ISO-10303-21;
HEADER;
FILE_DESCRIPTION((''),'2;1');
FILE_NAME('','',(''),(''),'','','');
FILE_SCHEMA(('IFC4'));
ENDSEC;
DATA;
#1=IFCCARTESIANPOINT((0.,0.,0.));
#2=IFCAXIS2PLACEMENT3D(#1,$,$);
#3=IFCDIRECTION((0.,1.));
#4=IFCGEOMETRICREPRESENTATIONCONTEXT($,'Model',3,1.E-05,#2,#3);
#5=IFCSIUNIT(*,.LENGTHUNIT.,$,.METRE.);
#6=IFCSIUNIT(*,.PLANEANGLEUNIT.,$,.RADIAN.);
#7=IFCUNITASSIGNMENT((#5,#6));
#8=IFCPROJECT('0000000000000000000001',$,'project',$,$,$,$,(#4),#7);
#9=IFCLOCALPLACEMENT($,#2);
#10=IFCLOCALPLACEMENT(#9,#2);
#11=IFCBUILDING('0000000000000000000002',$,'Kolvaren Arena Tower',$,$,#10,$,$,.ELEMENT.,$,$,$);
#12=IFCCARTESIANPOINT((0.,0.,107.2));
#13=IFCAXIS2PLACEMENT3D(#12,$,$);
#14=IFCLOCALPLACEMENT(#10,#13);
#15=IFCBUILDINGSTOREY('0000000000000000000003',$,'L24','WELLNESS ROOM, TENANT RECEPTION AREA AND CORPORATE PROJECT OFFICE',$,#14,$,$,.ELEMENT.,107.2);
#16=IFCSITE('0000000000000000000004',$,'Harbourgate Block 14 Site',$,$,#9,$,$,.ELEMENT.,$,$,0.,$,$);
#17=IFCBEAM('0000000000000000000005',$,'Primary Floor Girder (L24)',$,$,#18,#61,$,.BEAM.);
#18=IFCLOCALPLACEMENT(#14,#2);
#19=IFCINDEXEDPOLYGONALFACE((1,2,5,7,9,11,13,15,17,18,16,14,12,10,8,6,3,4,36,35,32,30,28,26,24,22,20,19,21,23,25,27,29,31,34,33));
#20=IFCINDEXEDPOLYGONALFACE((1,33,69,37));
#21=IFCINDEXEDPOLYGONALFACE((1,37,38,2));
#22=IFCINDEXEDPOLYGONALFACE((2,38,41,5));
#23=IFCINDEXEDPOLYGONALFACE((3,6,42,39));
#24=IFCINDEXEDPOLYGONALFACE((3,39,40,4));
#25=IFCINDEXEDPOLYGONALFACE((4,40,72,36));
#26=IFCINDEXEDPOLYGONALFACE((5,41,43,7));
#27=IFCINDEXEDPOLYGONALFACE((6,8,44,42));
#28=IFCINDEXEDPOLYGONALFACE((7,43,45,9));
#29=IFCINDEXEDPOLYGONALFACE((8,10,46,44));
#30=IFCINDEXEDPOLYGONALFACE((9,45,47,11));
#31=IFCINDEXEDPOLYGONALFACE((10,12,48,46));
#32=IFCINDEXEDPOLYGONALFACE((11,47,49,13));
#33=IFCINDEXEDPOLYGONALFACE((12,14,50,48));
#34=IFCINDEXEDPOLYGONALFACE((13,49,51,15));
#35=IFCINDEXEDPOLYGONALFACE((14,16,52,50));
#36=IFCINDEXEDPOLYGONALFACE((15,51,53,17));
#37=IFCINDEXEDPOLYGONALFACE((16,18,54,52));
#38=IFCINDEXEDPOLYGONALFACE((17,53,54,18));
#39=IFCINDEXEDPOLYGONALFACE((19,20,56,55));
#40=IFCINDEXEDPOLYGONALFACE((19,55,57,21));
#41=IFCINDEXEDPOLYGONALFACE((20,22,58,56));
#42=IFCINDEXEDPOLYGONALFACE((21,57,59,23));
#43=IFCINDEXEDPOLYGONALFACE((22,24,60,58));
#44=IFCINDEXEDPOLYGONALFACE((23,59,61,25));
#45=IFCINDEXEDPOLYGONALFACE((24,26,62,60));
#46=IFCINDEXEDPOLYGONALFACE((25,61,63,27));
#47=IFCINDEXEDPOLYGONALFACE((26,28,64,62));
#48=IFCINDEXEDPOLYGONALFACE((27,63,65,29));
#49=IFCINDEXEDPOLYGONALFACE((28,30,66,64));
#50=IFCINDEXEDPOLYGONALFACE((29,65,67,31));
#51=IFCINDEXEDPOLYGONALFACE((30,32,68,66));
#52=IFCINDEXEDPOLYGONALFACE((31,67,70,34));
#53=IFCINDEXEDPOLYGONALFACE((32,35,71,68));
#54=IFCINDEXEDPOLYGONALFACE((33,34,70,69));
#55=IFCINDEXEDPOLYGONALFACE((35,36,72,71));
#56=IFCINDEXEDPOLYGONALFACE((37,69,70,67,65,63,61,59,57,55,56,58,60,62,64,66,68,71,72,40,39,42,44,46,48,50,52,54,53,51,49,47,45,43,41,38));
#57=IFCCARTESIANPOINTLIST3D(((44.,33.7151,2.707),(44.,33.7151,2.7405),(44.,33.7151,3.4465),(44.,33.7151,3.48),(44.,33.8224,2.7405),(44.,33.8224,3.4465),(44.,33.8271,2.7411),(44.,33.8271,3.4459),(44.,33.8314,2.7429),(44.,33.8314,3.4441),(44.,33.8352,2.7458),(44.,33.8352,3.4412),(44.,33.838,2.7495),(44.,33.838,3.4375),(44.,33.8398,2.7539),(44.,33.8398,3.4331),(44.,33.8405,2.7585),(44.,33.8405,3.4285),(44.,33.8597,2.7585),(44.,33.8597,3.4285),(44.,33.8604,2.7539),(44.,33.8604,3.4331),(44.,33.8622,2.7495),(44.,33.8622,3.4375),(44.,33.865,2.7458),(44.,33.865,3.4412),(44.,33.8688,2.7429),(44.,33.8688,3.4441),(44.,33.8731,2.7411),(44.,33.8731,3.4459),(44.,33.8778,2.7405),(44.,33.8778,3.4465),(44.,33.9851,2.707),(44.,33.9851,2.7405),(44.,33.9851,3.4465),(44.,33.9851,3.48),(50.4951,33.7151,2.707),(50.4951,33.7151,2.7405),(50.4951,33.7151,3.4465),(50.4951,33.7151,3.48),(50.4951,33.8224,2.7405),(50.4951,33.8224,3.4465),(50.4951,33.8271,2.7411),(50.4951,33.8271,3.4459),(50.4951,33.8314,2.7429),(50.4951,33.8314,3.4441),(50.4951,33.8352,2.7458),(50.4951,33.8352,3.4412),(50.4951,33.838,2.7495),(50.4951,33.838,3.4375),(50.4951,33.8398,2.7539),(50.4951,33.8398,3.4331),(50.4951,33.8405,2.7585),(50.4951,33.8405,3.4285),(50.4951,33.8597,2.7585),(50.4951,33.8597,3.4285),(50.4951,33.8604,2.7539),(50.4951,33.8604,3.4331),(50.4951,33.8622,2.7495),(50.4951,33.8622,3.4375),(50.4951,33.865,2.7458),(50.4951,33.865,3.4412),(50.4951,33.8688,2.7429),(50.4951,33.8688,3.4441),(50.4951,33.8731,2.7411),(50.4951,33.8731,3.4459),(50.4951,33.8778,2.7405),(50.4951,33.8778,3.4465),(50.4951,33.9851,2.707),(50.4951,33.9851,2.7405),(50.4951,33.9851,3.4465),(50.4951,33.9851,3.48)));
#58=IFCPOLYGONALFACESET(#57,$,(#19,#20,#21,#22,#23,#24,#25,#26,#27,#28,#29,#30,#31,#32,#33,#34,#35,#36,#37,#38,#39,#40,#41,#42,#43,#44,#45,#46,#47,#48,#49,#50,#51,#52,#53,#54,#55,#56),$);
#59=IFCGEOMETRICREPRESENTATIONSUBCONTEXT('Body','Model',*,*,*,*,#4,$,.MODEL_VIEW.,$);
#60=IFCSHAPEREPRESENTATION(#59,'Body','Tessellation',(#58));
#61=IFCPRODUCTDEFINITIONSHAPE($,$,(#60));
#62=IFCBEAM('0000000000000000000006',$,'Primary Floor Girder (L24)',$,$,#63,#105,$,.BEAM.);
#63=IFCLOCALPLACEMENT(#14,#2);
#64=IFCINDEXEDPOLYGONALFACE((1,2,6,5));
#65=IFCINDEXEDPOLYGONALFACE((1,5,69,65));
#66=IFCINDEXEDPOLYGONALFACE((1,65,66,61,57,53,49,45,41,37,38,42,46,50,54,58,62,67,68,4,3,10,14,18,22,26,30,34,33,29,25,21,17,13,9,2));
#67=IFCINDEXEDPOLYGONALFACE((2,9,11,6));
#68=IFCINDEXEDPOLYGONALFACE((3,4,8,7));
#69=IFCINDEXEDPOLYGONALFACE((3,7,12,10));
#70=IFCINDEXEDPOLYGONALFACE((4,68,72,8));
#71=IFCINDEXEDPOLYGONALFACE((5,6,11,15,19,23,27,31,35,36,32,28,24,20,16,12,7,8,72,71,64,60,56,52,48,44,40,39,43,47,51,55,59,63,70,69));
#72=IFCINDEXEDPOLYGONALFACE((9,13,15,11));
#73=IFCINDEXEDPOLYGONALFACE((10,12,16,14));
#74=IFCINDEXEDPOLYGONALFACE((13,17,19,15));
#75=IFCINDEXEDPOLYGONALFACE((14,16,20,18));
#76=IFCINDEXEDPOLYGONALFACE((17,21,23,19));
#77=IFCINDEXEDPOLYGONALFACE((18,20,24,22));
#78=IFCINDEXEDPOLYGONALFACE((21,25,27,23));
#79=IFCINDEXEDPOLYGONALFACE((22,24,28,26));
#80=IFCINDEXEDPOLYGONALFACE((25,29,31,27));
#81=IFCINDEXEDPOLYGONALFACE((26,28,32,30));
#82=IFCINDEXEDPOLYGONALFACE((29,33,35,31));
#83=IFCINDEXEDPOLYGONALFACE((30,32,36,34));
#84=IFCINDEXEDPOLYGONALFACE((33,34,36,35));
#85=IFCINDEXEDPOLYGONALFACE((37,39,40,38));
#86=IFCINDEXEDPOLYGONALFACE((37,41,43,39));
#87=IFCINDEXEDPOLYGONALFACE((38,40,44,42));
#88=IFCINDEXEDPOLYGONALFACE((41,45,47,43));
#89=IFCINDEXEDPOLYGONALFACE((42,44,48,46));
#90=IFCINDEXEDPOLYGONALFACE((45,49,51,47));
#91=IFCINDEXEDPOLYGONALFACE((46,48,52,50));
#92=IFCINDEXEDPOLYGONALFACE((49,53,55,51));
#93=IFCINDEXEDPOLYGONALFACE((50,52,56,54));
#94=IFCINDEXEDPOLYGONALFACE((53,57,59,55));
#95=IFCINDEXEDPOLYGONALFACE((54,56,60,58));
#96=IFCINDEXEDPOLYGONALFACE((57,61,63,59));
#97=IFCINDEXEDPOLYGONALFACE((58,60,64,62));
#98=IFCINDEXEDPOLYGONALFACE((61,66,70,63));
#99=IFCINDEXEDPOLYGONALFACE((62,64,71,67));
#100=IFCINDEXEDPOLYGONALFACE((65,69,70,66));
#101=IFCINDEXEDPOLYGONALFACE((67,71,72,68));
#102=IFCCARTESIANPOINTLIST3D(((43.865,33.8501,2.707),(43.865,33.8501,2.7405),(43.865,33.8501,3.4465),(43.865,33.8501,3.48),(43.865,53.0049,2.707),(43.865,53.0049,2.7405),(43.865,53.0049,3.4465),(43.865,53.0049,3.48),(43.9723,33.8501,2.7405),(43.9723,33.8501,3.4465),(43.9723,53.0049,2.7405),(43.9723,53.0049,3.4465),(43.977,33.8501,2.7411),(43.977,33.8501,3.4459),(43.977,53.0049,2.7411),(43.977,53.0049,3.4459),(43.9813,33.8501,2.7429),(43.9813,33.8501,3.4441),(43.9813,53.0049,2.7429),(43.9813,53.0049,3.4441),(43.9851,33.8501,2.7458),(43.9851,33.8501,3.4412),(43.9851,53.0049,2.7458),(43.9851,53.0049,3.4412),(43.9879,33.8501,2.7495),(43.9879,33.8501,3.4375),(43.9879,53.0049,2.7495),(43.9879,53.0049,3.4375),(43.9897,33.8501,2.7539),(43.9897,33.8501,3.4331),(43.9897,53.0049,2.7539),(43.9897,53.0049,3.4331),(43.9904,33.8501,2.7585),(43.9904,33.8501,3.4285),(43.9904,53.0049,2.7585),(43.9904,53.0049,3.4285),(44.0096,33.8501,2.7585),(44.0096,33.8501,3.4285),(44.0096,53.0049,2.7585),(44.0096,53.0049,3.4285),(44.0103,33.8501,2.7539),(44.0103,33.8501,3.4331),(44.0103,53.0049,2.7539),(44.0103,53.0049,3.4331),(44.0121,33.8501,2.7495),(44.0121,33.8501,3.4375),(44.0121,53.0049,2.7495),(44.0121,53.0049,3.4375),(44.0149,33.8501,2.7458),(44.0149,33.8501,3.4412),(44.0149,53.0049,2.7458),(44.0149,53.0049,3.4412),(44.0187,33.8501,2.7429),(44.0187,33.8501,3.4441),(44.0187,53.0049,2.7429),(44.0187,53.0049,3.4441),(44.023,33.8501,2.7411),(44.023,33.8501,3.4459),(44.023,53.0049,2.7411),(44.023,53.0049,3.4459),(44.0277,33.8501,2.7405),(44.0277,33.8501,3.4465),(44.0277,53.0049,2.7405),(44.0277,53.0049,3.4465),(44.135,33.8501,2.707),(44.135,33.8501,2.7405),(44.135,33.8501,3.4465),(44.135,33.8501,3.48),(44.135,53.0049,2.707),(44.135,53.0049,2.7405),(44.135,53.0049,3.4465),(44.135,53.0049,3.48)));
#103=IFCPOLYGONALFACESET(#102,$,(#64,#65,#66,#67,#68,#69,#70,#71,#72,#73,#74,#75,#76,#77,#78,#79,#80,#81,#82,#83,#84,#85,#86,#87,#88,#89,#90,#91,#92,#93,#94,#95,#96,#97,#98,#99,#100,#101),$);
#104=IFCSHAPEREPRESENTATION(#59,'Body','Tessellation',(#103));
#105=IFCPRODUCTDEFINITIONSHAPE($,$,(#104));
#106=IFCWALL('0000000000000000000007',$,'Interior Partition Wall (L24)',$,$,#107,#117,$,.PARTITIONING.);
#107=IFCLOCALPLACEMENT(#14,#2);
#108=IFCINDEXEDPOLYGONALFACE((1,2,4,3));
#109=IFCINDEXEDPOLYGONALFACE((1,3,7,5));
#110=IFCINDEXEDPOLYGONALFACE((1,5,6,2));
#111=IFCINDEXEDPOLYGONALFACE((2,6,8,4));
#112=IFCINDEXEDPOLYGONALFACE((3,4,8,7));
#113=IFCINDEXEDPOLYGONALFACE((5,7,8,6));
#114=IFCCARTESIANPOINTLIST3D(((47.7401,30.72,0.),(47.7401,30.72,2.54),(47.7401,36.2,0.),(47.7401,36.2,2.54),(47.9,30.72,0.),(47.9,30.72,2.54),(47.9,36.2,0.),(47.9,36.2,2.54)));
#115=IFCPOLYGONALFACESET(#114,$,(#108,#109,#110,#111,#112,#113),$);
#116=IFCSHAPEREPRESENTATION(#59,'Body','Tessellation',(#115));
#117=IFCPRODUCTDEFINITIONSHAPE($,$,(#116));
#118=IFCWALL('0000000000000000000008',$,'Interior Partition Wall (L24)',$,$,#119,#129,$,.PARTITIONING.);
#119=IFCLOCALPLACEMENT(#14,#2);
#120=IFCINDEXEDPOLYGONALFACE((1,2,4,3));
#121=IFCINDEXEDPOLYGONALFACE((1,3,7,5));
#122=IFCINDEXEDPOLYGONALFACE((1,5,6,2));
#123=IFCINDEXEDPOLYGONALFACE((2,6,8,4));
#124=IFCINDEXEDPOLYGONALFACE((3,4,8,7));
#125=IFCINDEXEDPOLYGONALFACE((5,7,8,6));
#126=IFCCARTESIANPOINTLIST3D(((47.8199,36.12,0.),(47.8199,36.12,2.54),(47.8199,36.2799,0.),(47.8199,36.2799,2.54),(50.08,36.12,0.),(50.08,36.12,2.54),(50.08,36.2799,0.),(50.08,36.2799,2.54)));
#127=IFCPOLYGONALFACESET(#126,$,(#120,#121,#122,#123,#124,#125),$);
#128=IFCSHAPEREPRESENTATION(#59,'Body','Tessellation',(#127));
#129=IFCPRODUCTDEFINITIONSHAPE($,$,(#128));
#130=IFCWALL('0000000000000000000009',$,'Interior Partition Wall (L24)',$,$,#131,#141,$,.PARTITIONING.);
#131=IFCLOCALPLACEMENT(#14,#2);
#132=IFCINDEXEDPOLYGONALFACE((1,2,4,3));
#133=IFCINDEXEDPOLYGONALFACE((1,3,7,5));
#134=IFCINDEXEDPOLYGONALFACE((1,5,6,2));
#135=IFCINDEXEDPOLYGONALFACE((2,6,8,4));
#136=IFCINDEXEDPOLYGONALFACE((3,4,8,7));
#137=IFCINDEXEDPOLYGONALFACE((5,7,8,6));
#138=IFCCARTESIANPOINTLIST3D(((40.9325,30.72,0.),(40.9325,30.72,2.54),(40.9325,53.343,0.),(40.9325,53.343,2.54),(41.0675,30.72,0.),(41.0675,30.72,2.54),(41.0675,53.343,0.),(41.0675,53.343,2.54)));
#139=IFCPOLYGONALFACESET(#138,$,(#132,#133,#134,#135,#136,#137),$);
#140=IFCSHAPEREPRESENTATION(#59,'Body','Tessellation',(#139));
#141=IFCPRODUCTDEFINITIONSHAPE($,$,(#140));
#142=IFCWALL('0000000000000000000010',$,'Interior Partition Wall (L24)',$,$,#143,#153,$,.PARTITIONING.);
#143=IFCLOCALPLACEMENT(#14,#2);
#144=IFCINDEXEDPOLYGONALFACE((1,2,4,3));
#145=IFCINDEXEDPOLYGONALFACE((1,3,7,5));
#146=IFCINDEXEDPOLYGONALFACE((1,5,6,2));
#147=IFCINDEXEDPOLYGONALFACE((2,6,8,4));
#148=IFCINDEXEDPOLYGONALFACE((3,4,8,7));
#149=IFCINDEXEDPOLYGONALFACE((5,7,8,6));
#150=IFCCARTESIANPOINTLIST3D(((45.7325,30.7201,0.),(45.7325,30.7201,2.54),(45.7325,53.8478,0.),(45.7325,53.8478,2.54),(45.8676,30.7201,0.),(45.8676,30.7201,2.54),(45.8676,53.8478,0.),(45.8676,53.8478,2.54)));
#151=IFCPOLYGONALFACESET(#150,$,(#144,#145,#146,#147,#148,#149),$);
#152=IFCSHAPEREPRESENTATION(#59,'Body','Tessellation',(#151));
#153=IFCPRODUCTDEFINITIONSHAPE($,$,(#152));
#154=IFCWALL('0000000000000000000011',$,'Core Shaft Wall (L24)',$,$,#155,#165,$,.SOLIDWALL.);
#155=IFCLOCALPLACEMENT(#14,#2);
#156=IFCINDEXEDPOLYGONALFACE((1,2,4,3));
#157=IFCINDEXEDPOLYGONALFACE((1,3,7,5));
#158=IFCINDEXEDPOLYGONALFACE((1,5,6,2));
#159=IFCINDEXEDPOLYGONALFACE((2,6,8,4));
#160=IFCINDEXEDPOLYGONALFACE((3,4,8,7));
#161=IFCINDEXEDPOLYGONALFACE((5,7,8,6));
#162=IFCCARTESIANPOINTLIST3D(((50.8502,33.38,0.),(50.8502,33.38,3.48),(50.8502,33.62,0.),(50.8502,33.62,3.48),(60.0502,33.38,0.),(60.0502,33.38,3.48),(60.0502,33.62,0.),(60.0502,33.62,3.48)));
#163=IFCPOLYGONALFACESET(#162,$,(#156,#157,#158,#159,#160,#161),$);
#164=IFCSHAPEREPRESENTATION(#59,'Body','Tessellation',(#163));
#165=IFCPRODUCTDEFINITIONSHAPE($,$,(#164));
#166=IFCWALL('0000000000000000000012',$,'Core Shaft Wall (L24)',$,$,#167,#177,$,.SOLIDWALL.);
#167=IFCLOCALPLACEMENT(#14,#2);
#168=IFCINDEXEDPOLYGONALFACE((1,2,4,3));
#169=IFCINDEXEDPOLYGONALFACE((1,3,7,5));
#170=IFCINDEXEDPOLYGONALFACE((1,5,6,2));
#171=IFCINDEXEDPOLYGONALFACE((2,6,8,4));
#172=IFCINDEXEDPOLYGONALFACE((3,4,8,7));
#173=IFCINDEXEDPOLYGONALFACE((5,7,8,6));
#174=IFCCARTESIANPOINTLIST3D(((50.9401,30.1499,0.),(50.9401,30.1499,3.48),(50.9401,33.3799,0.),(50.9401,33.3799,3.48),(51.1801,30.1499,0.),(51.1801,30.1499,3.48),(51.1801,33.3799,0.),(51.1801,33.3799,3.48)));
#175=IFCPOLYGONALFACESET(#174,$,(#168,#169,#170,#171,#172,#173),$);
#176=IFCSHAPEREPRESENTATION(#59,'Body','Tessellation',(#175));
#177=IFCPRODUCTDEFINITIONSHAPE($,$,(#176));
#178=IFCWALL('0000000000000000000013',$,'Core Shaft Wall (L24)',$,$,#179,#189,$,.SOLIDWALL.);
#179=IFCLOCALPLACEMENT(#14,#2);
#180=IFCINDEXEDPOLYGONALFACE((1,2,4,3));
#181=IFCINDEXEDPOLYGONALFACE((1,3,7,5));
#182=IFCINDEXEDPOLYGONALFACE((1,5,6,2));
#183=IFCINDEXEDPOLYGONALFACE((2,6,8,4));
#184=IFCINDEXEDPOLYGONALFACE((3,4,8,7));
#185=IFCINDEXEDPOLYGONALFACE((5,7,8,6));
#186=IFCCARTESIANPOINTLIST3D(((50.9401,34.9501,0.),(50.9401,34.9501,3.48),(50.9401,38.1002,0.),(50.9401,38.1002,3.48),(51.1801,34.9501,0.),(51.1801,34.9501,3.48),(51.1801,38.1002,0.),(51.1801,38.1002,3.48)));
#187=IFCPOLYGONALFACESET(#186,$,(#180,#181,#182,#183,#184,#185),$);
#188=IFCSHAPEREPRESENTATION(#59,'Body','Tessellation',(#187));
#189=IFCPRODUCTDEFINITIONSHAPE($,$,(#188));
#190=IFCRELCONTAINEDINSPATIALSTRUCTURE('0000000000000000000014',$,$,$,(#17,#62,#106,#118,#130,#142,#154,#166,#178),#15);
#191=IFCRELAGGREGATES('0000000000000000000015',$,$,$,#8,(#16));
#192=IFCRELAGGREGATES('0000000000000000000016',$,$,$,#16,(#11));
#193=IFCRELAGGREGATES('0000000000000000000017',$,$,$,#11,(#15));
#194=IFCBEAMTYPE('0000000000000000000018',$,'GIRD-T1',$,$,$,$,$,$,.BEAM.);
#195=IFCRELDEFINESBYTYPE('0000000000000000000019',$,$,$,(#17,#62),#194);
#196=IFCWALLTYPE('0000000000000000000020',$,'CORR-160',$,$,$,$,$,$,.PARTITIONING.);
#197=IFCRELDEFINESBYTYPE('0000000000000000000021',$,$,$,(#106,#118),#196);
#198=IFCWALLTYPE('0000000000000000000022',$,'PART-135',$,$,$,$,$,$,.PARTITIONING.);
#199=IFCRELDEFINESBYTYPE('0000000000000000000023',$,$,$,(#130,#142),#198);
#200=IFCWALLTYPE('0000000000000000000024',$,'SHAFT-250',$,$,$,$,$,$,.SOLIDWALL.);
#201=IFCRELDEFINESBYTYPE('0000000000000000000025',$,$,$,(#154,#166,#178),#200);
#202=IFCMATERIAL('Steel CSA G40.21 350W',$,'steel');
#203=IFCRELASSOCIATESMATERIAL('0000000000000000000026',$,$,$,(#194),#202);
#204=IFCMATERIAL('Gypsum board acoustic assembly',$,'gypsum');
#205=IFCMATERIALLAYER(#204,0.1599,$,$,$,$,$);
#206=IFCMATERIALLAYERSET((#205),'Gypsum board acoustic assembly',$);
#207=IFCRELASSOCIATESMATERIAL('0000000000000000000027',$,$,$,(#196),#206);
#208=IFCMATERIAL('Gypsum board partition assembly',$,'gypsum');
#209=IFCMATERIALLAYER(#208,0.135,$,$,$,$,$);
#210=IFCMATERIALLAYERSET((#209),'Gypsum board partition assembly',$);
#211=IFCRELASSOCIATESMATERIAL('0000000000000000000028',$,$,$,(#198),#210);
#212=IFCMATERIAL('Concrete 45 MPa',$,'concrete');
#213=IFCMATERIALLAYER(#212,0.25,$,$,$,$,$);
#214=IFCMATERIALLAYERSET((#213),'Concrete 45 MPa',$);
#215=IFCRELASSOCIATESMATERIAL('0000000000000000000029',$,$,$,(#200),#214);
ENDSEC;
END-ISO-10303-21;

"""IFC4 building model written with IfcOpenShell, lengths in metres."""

from ifc_helpers import new_model, si_unit, direction, frame, frame_2d, origin, origin_2d, place, context, subcontext, project, spatial, rectangle, i_section, extrude, material, layer, layer_set, material_profile, profile_set, type_object, element, save


model = new_model("IFC4")

# Units and contexts
model_context = context("Model", 3, precision=1e-05, world=origin(), true_north=direction((0.0, 1.0)))
body_context = subcontext(model_context, "Body", "Model", "MODEL_VIEW")
ifc_project = project(units=[si_unit("LENGTHUNIT", "METRE"), si_unit("PLANEANGLEUNIT", "RADIAN")], contexts=[model_context])

# Site, building, storey
site_placement = place(None, origin())
site = spatial("IfcSite", under=ifc_project, at=site_placement, Name="Harbourgate Block 14 Site", CompositionType="ELEMENT", RefElevation=0.0)
building_placement = place(site_placement, origin())
building = spatial("IfcBuilding", under=site, at=building_placement, Name="Kolvaren Arena Tower", CompositionType="ELEMENT")
storey_placement = place(building_placement, frame((0.0, 0.0, 107.2)))
storey = spatial("IfcBuildingStorey", under=building, at=storey_placement, Name="L24", Description="WELLNESS ROOM, TENANT RECEPTION AREA AND CORPORATE PROJECT OFFICE", CompositionType="ELEMENT", Elevation=107.2)

# Beams
ifc_material_1 = material(Name="Steel CSA G40.21 350W", Category="steel")
ifc_material_profile_1 = material_profile(ifc_material_1, i_section(OverallWidth=0.27, OverallDepth=0.7729, WebThickness=0.0193, FlangeThickness=0.0334, FilletRadius=0.0181, at=origin_2d()), Name="W760x257")
ifc_profile_set_1 = profile_set([ifc_material_profile_1], Name="Steel CSA G40.21 350W")
beam_type_1 = type_object("IfcBeamType", Name="GIRD-T1", PredefinedType="BEAM", material=ifc_profile_set_1)
beam_1_placement = place(storey_placement, frame((44.0, 33.8501, 3.0935), z_axis=(1.0, 0.0, 0.0), x_axis=(0.0, 1.0, 0.0)))
element("IfcBeam", 1, at=beam_1_placement, inside=storey, type_object=beam_type_1, Name="Primary Floor Girder (L24)", PredefinedType="BEAM", context=body_context, shape_type="SweptSolid", body=[
    extrude(i_section(OverallWidth=0.27, OverallDepth=0.7729, WebThickness=0.0193, FlangeThickness=0.0334, FilletRadius=0.0181, at=origin_2d()), origin(), (0.0, 0.0, 1.0), 6.4951),
])
beam_2_placement = place(storey_placement, frame((44.0, 33.8501, 3.0935), z_axis=(0.0, 1.0, 0.0), x_axis=(-1.0, 0.0, 0.0)))
element("IfcBeam", 2, at=beam_2_placement, inside=storey, type_object=beam_type_1, Name="Primary Floor Girder (L24)", PredefinedType="BEAM", context=body_context, shape_type="SweptSolid", body=[
    extrude(i_section(OverallWidth=0.27, OverallDepth=0.7729, WebThickness=0.0193, FlangeThickness=0.0334, FilletRadius=0.0181, at=origin_2d()), origin(), (0.0, 0.0, 1.0), 19.1548),
])

# Shared definitions
ifc_material_2 = material(Name="Gypsum board acoustic assembly", Category="gypsum")
ifc_layer_1 = layer(ifc_material_2, 0.1599)
ifc_layer_set_1 = layer_set([ifc_layer_1], Name="Gypsum board acoustic assembly")
wall_type_1 = type_object("IfcWallType", Name="CORR-160", PredefinedType="PARTITIONING", material=ifc_layer_set_1)

# Walls
wall_1_placement = place(storey_placement, frame((47.8201, 30.72, 0.0), z_axis=(0.0, 0.0, 1.0), x_axis=(0.0, 1.0, 0.0)))
element("IfcWall", 3, at=wall_1_placement, inside=storey, type_object=wall_type_1, Name="Interior Partition Wall (L24)", PredefinedType="PARTITIONING", context=body_context, shape_type="SweptSolid", body=[
    extrude(rectangle(XDim=5.48, YDim=0.1599, at=frame_2d((2.74, 0.0))), origin(), (0.0, 0.0, 1.0), 2.54),
])
wall_2_placement = place(storey_placement, frame((47.8201, 36.2, 0.0), z_axis=(0.0, 0.0, 1.0), x_axis=(1.0, 0.0, 0.0)))
element("IfcWall", 4, at=wall_2_placement, inside=storey, type_object=wall_type_1, Name="Interior Partition Wall (L24)", PredefinedType="PARTITIONING", context=body_context, shape_type="SweptSolid", body=[
    extrude(rectangle(XDim=2.26, YDim=0.1599, at=frame_2d((1.1299, 0.0))), origin(), (0.0, 0.0, 1.0), 2.54),
])
ifc_material_3 = material(Name="Gypsum board partition assembly", Category="gypsum")
ifc_layer_2 = layer(ifc_material_3, 0.135)
ifc_layer_set_2 = layer_set([ifc_layer_2], Name="Gypsum board partition assembly")
wall_type_2 = type_object("IfcWallType", Name="PART-135", PredefinedType="PARTITIONING", material=ifc_layer_set_2)
wall_3_placement = place(storey_placement, frame((41.0, 30.72, 0.0), z_axis=(0.0, 0.0, 1.0), x_axis=(0.0, 1.0, 0.0)))
element("IfcWall", 5, at=wall_3_placement, inside=storey, type_object=wall_type_2, Name="Interior Partition Wall (L24)", PredefinedType="PARTITIONING", context=body_context, shape_type="SweptSolid", body=[
    extrude(rectangle(XDim=22.623, YDim=0.135, at=frame_2d((11.3115, 0.0))), origin(), (0.0, 0.0, 1.0), 2.54),
])
wall_4_placement = place(storey_placement, frame((45.8, 30.72, 0.0), z_axis=(0.0, 0.0, 1.0), x_axis=(0.0, 1.0, 0.0)))
element("IfcWall", 6, at=wall_4_placement, inside=storey, type_object=wall_type_2, Name="Interior Partition Wall (L24)", PredefinedType="PARTITIONING", context=body_context, shape_type="SweptSolid", body=[
    extrude(rectangle(XDim=23.1277, YDim=0.135, at=frame_2d((11.564, 0.0))), origin(), (0.0, 0.0, 1.0), 2.54),
])
ifc_material_4 = material(Name="Concrete 45 MPa", Category="concrete")
ifc_layer_3 = layer(ifc_material_4, 0.25)
ifc_layer_set_3 = layer_set([ifc_layer_3], Name="Concrete 45 MPa")
wall_type_3 = type_object("IfcWallType", Name="SHAFT-250", PredefinedType="SOLIDWALL", material=ifc_layer_set_3)
wall_5_placement = place(storey_placement, frame((50.8501, 33.5, 0.0), z_axis=(0.0, 0.0, 1.0), x_axis=(1.0, 0.0, 0.0)))
element("IfcWall", 7, at=wall_5_placement, inside=storey, type_object=wall_type_3, Name="Core Shaft Wall (L24)", PredefinedType="SOLIDWALL", context=body_context, shape_type="SweptSolid", body=[
    extrude(rectangle(XDim=9.2, YDim=0.24, at=frame_2d((4.6001, 0.0))), origin(), (0.0, 0.0, 1.0), 3.48),
])
wall_6_placement = place(storey_placement, frame((51.0601, 30.1499, 0.0), z_axis=(0.0, 0.0, 1.0), x_axis=(0.0, 1.0, 0.0)))
element("IfcWall", 8, at=wall_6_placement, inside=storey, type_object=wall_type_3, Name="Core Shaft Wall (L24)", PredefinedType="SOLIDWALL", context=body_context, shape_type="SweptSolid", body=[
    extrude(rectangle(XDim=3.23, YDim=0.24, at=frame_2d((1.615, 0.0))), origin(), (0.0, 0.0, 1.0), 3.48),
])
wall_7_placement = place(storey_placement, frame((51.0601, 34.95, 0.0), z_axis=(0.0, 0.0, 1.0), x_axis=(0.0, 1.0, 0.0)))
element("IfcWall", 9, at=wall_7_placement, inside=storey, type_object=wall_type_3, Name="Core Shaft Wall (L24)", PredefinedType="SOLIDWALL", context=body_context, shape_type="SweptSolid", body=[
    extrude(rectangle(XDim=3.1501, YDim=0.24, at=frame_2d((1.5752, 0.0))), origin(), (0.0, 0.0, 1.0), 3.48),
])

save(model, "model.ifc")
